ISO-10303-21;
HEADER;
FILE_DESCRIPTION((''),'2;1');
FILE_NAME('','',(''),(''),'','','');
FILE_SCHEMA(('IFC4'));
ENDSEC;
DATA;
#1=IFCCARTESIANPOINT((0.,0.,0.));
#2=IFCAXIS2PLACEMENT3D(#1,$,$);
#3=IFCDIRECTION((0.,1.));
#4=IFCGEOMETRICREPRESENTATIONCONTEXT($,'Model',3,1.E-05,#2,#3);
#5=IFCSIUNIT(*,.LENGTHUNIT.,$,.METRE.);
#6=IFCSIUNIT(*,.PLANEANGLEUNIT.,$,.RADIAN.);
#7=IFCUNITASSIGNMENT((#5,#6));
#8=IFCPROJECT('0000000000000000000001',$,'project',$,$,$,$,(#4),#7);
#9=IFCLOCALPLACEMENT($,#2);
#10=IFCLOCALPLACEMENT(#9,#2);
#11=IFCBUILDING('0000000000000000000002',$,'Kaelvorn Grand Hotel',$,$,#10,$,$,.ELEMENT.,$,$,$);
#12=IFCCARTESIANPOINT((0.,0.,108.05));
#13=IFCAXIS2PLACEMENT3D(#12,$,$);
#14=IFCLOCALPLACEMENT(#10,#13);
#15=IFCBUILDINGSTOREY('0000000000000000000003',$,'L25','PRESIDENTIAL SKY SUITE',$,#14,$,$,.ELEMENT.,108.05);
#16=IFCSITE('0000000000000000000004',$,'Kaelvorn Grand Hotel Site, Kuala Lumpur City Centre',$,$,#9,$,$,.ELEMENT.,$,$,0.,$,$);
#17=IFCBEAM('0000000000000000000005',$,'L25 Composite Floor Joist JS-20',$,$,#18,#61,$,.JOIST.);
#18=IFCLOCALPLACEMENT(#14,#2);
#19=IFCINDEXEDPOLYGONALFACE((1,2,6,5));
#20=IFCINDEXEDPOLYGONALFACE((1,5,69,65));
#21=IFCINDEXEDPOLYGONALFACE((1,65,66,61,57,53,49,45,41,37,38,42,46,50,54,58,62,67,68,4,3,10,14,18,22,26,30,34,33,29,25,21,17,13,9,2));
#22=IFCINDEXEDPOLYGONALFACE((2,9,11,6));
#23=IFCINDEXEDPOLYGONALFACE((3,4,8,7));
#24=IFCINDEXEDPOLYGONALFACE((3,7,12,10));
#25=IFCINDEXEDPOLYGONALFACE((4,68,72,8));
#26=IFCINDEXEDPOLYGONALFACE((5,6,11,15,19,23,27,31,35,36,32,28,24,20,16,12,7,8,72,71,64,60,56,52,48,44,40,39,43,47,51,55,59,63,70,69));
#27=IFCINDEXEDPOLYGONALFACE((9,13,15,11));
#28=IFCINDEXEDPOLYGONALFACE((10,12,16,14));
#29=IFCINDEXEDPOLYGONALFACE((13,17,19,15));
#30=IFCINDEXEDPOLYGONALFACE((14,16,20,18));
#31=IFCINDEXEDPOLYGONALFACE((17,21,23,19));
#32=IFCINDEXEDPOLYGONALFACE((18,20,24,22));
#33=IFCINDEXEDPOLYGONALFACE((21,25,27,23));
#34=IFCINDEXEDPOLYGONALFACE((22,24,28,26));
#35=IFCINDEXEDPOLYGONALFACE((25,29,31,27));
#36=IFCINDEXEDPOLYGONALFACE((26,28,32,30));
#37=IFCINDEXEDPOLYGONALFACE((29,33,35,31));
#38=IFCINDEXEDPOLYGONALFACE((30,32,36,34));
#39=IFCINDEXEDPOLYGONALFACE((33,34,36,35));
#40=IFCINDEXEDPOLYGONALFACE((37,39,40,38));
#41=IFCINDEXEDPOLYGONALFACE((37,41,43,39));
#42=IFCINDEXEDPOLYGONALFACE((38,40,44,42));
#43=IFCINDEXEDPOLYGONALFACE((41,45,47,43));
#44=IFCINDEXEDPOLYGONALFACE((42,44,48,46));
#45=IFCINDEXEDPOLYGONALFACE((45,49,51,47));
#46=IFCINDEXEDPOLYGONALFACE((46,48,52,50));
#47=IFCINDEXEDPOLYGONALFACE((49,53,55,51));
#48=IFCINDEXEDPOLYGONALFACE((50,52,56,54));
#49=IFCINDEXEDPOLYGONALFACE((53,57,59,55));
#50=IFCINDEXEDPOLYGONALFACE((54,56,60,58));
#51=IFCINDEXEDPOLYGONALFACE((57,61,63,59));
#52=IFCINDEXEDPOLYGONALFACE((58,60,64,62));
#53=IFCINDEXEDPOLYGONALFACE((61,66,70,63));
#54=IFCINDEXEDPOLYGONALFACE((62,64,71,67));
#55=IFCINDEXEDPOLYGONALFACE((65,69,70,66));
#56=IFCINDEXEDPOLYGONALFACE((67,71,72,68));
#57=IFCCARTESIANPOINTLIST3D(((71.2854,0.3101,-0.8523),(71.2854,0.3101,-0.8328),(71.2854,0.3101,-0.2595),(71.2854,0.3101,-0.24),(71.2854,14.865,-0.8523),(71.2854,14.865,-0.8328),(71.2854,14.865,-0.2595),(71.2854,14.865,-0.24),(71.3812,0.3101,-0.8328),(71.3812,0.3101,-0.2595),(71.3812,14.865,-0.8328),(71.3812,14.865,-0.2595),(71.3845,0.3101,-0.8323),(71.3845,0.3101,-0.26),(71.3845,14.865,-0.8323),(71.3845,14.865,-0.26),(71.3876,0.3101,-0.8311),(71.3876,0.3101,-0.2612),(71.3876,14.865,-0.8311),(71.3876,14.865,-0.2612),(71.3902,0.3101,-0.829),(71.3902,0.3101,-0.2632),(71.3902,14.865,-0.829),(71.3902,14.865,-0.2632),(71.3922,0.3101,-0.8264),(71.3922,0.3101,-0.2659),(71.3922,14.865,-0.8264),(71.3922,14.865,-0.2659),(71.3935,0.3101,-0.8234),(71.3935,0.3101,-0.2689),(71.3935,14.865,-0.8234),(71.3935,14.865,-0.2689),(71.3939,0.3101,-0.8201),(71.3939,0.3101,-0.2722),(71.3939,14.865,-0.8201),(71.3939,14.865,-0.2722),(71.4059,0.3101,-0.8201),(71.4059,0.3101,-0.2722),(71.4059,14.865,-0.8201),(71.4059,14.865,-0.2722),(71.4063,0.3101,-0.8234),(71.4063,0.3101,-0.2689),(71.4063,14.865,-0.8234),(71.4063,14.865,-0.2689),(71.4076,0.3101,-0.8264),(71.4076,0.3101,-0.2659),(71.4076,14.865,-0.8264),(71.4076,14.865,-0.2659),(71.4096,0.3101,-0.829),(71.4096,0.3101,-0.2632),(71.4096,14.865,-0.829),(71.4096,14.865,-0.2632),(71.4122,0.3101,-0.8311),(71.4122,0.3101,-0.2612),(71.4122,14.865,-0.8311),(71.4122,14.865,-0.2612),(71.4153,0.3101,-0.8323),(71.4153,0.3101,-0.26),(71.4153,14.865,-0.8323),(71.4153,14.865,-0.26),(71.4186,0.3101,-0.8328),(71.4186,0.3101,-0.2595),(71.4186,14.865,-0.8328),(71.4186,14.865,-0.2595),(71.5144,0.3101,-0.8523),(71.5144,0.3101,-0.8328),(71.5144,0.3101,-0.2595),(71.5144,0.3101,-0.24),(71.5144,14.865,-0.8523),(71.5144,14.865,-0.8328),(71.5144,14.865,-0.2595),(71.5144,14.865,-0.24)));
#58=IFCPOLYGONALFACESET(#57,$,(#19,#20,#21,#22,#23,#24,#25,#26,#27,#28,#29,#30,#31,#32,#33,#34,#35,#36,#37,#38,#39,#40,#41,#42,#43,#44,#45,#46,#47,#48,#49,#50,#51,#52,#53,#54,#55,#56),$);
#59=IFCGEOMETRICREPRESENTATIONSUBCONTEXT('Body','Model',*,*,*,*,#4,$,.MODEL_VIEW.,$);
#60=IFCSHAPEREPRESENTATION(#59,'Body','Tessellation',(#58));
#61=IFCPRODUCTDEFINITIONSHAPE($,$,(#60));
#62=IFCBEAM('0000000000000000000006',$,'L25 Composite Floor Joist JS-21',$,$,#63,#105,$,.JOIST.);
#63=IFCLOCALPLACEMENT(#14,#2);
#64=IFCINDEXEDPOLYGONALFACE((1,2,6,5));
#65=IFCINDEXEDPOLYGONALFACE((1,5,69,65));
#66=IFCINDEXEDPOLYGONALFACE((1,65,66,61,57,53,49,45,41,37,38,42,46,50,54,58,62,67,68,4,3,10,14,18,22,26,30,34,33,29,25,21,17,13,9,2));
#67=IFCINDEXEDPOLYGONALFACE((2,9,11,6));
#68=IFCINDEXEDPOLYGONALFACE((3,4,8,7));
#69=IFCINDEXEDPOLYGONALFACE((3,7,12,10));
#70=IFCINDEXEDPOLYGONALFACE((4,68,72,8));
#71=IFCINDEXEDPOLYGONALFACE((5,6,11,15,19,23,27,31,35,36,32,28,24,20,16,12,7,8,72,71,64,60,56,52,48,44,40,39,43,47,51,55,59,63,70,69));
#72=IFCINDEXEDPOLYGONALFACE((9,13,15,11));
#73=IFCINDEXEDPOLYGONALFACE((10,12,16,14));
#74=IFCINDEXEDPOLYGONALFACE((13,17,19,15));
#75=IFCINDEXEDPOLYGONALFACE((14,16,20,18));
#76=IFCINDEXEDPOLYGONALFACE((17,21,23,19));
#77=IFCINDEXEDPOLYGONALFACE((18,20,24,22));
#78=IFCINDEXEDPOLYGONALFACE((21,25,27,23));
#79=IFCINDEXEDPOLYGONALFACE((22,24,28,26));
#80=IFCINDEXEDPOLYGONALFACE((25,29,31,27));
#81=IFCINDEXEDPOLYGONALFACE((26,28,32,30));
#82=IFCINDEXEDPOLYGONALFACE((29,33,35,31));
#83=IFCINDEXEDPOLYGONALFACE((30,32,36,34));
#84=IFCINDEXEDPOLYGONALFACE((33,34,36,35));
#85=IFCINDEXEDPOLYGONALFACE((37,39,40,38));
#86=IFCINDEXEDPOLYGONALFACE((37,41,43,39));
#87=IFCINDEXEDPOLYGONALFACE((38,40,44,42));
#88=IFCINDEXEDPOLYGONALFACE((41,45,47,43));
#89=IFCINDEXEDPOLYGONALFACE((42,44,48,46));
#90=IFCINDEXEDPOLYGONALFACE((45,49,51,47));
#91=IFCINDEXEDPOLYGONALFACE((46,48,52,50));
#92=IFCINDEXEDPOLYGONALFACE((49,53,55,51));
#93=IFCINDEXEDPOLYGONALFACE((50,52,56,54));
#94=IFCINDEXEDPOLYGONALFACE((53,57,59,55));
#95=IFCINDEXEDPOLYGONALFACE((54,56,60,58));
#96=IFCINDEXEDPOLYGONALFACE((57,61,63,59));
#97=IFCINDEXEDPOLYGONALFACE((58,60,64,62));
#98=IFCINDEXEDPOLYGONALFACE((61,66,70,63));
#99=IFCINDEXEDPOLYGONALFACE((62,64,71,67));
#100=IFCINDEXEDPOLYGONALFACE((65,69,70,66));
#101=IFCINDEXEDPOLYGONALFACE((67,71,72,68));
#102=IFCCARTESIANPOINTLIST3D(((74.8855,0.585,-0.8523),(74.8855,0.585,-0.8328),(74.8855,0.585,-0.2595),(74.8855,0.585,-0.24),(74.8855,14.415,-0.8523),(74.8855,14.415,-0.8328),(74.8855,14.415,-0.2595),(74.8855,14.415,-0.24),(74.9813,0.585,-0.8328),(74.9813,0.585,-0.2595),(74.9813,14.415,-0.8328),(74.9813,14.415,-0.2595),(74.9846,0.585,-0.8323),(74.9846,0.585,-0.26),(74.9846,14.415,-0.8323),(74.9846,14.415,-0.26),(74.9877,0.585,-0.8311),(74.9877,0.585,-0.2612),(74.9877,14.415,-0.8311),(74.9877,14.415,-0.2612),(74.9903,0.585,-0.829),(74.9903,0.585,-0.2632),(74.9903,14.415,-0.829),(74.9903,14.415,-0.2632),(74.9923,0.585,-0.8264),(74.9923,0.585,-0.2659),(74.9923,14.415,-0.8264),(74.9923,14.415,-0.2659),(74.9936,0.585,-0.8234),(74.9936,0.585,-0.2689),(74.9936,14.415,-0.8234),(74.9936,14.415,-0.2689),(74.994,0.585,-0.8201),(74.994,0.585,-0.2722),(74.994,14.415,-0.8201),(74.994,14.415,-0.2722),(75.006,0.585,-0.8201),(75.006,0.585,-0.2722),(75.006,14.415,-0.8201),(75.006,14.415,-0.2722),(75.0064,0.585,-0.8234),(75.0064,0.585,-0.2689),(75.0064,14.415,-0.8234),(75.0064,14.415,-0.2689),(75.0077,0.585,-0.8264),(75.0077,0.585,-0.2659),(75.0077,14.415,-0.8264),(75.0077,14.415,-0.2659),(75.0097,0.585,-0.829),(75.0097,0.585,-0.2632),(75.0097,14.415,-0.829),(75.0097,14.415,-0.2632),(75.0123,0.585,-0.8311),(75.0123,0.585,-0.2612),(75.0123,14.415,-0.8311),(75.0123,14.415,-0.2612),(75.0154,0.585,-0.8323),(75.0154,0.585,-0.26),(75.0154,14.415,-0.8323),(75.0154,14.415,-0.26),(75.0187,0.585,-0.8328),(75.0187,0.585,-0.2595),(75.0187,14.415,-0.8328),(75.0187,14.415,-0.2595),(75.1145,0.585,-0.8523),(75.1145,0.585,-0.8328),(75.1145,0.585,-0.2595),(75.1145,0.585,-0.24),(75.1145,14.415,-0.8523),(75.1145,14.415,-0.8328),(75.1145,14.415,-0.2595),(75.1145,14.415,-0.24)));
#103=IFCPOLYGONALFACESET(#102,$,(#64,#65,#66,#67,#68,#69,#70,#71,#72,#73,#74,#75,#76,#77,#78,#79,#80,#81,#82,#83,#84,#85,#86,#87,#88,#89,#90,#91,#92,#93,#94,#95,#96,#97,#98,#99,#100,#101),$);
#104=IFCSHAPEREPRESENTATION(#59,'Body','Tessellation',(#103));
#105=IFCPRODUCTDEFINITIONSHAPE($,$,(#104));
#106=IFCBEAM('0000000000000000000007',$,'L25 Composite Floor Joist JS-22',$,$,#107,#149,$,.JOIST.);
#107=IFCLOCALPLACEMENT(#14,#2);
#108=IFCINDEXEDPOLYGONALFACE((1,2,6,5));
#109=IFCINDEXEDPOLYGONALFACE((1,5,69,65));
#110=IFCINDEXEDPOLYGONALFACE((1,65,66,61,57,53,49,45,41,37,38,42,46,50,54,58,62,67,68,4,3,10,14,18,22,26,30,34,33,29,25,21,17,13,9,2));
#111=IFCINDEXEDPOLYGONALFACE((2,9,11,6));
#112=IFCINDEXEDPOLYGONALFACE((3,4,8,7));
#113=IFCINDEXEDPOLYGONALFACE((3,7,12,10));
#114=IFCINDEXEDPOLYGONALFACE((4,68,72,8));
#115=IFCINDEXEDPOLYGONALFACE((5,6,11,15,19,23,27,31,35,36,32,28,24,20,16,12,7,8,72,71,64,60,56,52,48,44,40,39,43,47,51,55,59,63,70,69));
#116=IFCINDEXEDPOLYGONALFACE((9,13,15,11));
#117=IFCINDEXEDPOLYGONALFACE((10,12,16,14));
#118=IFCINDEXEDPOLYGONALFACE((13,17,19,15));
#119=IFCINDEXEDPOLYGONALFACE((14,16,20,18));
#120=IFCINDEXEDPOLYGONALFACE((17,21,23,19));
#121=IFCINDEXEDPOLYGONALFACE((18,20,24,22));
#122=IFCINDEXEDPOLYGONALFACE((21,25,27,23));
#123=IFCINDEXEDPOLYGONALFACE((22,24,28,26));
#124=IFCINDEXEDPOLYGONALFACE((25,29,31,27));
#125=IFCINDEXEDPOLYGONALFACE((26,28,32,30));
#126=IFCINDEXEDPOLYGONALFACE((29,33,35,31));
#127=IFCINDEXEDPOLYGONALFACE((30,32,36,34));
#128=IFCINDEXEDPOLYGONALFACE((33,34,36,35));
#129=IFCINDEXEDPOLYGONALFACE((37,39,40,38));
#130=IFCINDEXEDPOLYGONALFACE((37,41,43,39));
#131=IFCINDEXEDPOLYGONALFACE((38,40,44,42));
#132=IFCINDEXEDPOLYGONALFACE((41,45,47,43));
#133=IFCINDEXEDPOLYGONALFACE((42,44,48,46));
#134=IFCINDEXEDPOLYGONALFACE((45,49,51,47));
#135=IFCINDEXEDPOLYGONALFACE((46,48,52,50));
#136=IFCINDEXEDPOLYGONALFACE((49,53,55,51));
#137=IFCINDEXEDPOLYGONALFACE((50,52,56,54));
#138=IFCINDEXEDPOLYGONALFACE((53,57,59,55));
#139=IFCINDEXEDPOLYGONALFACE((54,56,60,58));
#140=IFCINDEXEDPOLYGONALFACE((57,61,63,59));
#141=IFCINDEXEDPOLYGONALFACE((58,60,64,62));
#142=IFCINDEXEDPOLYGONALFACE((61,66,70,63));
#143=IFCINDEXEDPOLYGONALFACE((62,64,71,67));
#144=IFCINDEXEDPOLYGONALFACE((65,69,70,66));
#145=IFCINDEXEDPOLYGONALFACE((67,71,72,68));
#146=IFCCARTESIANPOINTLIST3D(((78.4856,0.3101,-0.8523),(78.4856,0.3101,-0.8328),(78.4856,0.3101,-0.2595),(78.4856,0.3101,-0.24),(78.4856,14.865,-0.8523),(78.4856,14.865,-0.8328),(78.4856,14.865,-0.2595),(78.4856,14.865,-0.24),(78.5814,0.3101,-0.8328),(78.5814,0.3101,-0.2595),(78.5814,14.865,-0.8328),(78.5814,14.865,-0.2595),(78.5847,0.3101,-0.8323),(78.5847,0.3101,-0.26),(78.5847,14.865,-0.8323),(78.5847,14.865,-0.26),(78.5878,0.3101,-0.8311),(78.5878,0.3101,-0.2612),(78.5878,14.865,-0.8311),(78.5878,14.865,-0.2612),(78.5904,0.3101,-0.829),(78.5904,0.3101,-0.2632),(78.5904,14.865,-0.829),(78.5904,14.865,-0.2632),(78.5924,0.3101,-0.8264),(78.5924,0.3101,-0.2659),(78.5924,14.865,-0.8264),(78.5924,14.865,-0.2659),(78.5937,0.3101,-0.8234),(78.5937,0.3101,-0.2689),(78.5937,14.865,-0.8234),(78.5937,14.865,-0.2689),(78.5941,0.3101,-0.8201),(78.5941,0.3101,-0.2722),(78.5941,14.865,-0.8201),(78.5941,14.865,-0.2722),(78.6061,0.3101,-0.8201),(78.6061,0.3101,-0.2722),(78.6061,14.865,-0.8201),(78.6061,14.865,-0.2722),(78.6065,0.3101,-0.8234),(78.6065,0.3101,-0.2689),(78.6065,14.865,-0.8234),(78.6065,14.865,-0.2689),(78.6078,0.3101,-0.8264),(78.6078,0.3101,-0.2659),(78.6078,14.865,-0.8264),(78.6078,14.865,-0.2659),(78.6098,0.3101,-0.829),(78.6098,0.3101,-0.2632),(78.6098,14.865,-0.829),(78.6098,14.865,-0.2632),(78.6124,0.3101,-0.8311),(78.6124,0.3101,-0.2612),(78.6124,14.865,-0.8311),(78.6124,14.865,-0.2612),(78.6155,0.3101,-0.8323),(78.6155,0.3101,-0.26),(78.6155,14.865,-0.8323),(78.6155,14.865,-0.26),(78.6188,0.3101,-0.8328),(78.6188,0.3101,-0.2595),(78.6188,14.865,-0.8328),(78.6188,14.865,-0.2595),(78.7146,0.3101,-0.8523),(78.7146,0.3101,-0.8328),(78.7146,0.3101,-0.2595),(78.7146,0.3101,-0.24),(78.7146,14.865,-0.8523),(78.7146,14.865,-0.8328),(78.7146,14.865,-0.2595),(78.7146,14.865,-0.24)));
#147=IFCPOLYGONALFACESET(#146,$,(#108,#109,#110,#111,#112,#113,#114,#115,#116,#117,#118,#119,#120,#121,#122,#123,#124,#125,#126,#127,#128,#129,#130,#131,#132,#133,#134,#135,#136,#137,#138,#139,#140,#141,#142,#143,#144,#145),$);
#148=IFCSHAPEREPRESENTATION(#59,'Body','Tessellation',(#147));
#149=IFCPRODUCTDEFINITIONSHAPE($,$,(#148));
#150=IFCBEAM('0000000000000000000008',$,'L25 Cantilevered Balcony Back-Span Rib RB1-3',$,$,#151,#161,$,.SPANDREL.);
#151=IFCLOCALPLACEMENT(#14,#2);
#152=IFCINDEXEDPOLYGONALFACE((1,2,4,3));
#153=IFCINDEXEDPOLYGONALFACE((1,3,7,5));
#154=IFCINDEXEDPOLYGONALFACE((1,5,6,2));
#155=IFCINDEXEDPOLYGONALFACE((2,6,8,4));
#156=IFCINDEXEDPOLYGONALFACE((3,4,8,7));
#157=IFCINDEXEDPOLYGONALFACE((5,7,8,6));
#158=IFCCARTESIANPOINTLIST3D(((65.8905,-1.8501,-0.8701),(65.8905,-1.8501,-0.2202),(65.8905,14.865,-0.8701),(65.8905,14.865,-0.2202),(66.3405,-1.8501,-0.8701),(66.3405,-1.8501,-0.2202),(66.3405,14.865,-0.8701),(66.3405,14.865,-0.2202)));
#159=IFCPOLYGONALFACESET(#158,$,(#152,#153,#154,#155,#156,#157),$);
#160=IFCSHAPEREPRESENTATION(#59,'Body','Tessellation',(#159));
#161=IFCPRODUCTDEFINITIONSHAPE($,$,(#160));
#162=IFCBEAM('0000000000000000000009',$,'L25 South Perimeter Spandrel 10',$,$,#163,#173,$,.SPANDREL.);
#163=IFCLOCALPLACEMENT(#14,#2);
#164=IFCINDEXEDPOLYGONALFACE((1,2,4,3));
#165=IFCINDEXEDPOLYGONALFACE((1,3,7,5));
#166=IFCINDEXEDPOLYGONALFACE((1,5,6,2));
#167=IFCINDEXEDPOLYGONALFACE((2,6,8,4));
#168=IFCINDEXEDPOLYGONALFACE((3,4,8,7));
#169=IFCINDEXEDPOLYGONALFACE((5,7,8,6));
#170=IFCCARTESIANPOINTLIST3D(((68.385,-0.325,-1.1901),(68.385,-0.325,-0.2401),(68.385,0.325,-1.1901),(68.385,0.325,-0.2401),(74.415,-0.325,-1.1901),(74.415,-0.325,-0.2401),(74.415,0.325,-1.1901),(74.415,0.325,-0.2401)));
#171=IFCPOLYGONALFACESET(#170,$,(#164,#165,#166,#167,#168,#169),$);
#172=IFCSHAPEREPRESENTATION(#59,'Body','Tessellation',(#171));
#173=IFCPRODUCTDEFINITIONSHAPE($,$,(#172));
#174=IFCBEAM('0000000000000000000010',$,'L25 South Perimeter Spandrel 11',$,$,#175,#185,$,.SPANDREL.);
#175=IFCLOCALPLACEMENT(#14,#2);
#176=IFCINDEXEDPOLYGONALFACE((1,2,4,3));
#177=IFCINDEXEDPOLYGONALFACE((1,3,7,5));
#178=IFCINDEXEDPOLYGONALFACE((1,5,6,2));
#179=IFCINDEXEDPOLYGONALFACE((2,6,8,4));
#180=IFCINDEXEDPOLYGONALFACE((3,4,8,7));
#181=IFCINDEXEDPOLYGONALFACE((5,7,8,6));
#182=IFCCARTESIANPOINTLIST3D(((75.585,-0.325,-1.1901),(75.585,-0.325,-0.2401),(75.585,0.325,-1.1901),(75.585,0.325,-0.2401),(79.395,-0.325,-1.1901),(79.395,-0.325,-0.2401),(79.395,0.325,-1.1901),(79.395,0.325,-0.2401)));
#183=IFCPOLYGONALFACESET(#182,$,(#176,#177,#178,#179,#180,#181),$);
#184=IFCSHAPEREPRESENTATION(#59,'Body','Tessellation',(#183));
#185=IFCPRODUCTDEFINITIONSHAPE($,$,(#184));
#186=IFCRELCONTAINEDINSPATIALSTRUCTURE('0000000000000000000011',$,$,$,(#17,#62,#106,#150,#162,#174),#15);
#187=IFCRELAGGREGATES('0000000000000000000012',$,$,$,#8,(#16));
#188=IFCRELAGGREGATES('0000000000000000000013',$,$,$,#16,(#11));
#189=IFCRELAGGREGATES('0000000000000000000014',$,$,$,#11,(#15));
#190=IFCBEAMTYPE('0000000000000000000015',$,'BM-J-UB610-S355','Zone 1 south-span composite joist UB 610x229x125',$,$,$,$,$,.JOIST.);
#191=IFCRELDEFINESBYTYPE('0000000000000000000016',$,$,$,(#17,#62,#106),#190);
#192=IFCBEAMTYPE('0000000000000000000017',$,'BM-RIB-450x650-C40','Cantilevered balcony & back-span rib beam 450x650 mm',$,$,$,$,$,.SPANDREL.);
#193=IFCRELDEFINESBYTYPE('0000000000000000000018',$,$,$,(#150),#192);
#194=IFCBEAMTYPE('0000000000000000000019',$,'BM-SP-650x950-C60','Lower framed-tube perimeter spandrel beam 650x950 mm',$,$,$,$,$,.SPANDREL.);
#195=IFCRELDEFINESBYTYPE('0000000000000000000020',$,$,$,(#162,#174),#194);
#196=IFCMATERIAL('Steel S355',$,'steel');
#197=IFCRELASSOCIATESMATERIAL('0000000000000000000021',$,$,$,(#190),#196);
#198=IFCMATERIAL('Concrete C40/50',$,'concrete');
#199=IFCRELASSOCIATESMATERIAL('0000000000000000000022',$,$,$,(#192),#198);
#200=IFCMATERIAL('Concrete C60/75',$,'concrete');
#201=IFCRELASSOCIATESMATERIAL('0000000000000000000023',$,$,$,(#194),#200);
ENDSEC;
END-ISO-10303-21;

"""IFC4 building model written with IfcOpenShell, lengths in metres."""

from ifc_helpers import new_model, si_unit, direction, frame, origin, origin_2d, place, context, subcontext, project, spatial, rectangle, i_section, extrude, material, material_profile, profile_set, type_object, element, save


model = new_model("IFC4")

# Units and contexts
model_context = context("Model", 3, precision=1e-05, world=origin(), true_north=direction((0.0, 1.0)))
body_context = subcontext(model_context, "Body", "Model", "MODEL_VIEW")
ifc_project = project(units=[si_unit("LENGTHUNIT", "METRE"), si_unit("PLANEANGLEUNIT", "RADIAN")], contexts=[model_context])

# Site, building, storey
site_placement = place(None, origin())
site = spatial("IfcSite", under=ifc_project, at=site_placement, Name="Kaelvorn Grand Hotel Site, Kuala Lumpur City Centre", CompositionType="ELEMENT", RefElevation=0.0)
building_placement = place(site_placement, origin())
building = spatial("IfcBuilding", under=site, at=building_placement, Name="Kaelvorn Grand Hotel", CompositionType="ELEMENT")
storey_placement = place(building_placement, frame((0.0, 0.0, 108.05)))
storey = spatial("IfcBuildingStorey", under=building, at=storey_placement, Name="L25", Description="PRESIDENTIAL SKY SUITE", CompositionType="ELEMENT", Elevation=108.05)

# Shared definitions
ifc_material_1 = material(Name="Concrete C60/75", Category="concrete")

# Beams
ifc_material_2 = material(Name="Steel S355", Category="steel")
ifc_material_profile_1 = material_profile(ifc_material_2, i_section(OverallWidth=0.229, OverallDepth=0.6123, WebThickness=0.012, FlangeThickness=0.0195, FilletRadius=0.0127, at=origin_2d()), Name="UB 610x229x125")
ifc_profile_set_1 = profile_set([ifc_material_profile_1], Name="Steel S355")
beam_type_1 = type_object("IfcBeamType", Name="BM-J-UB610-S355", Description="Zone 1 south-span composite joist UB 610x229x125", PredefinedType="JOIST", material=ifc_profile_set_1)
beam_1_placement = place(storey_placement, frame((71.3999, 0.3101, -0.5461), z_axis=(0.0, 1.0, 0.0), x_axis=(-1.0, 0.0, 0.0)))
element("IfcBeam", 1, at=beam_1_placement, inside=storey, type_object=beam_type_1, Name="L25 Composite Floor Joist JS-20", PredefinedType="JOIST", context=body_context, shape_type="SweptSolid", body=[
    extrude(i_section(OverallWidth=0.229, OverallDepth=0.6123, WebThickness=0.012, FlangeThickness=0.0195, FilletRadius=0.0127, at=origin_2d()), origin(), (0.0, 0.0, 1.0), 14.5549),
])
beam_2_placement = place(storey_placement, frame((75.0, 0.585, -0.5461), z_axis=(0.0, 1.0, 0.0), x_axis=(-1.0, 0.0, 0.0)))
element("IfcBeam", 2, at=beam_2_placement, inside=storey, type_object=beam_type_1, Name="L25 Composite Floor Joist JS-21", PredefinedType="JOIST", context=body_context, shape_type="SweptSolid", body=[
    extrude(i_section(OverallWidth=0.229, OverallDepth=0.6123, WebThickness=0.012, FlangeThickness=0.0195, FilletRadius=0.0127, at=origin_2d()), origin(), (0.0, 0.0, 1.0), 13.8301),
])
beam_3_placement = place(storey_placement, frame((78.6001, 0.3101, -0.5461), z_axis=(0.0, 1.0, 0.0), x_axis=(-1.0, 0.0, 0.0)))
element("IfcBeam", 3, at=beam_3_placement, inside=storey, type_object=beam_type_1, Name="L25 Composite Floor Joist JS-22", PredefinedType="JOIST", context=body_context, shape_type="SweptSolid", body=[
    extrude(i_section(OverallWidth=0.229, OverallDepth=0.6123, WebThickness=0.012, FlangeThickness=0.0195, FilletRadius=0.0127, at=origin_2d()), origin(), (0.0, 0.0, 1.0), 14.5549),
])
ifc_material_3 = material(Name="Concrete C40/50", Category="concrete")
ifc_material_profile_2 = material_profile(ifc_material_3, rectangle(XDim=0.45, YDim=0.6499, at=origin_2d()), Name="RC RIB 450x650")
ifc_profile_set_2 = profile_set([ifc_material_profile_2], Name="Concrete C40/50")
beam_type_2 = type_object("IfcBeamType", Name="BM-RIB-450x650-C40", Description="Cantilevered balcony & back-span rib beam 450x650 mm", PredefinedType="SPANDREL", material=ifc_profile_set_2)
beam_4_placement = place(storey_placement, frame((66.1155, -1.8501, -0.5452), z_axis=(0.0, 1.0, 0.0), x_axis=(-1.0, 0.0, 0.0)))
element("IfcBeam", 4, at=beam_4_placement, inside=storey, type_object=beam_type_2, Name="L25 Cantilevered Balcony Back-Span Rib RB1-3", PredefinedType="SPANDREL", context=body_context, shape_type="SweptSolid", body=[
    extrude(rectangle(XDim=0.45, YDim=0.6499, at=origin_2d()), origin(), (0.0, 0.0, 1.0), 16.7151),
])
ifc_material_profile_3 = material_profile(ifc_material_1, rectangle(XDim=0.6499, YDim=0.95, at=origin_2d()), Name="RC SPANDREL 650x950")
ifc_profile_set_3 = profile_set([ifc_material_profile_3], Name="Concrete C60/75")
beam_type_3 = type_object("IfcBeamType", Name="BM-SP-650x950-C60", Description="Lower framed-tube perimeter spandrel beam 650x950 mm", PredefinedType="SPANDREL", material=ifc_profile_set_3)
beam_5_placement = place(storey_placement, frame((68.385, 0.0, -0.7151), z_axis=(1.0, 0.0, 0.0), x_axis=(0.0, 1.0, 0.0)))
element("IfcBeam", 5, at=beam_5_placement, inside=storey, type_object=beam_type_3, Name="L25 South Perimeter Spandrel 10", PredefinedType="SPANDREL", context=body_context, shape_type="SweptSolid", body=[
    extrude(rectangle(XDim=0.6499, YDim=0.95, at=origin_2d()), origin(), (0.0, 0.0, 1.0), 6.03),
])
beam_6_placement = place(storey_placement, frame((75.585, 0.0, -0.7151), z_axis=(1.0, 0.0, 0.0), x_axis=(0.0, 1.0, 0.0)))
element("IfcBeam", 6, at=beam_6_placement, inside=storey, type_object=beam_type_3, Name="L25 South Perimeter Spandrel 11", PredefinedType="SPANDREL", context=body_context, shape_type="SweptSolid", body=[
    extrude(rectangle(XDim=0.6499, YDim=0.95, at=origin_2d()), origin(), (0.0, 0.0, 1.0), 3.8101),
])

save(model, "model.ifc")
